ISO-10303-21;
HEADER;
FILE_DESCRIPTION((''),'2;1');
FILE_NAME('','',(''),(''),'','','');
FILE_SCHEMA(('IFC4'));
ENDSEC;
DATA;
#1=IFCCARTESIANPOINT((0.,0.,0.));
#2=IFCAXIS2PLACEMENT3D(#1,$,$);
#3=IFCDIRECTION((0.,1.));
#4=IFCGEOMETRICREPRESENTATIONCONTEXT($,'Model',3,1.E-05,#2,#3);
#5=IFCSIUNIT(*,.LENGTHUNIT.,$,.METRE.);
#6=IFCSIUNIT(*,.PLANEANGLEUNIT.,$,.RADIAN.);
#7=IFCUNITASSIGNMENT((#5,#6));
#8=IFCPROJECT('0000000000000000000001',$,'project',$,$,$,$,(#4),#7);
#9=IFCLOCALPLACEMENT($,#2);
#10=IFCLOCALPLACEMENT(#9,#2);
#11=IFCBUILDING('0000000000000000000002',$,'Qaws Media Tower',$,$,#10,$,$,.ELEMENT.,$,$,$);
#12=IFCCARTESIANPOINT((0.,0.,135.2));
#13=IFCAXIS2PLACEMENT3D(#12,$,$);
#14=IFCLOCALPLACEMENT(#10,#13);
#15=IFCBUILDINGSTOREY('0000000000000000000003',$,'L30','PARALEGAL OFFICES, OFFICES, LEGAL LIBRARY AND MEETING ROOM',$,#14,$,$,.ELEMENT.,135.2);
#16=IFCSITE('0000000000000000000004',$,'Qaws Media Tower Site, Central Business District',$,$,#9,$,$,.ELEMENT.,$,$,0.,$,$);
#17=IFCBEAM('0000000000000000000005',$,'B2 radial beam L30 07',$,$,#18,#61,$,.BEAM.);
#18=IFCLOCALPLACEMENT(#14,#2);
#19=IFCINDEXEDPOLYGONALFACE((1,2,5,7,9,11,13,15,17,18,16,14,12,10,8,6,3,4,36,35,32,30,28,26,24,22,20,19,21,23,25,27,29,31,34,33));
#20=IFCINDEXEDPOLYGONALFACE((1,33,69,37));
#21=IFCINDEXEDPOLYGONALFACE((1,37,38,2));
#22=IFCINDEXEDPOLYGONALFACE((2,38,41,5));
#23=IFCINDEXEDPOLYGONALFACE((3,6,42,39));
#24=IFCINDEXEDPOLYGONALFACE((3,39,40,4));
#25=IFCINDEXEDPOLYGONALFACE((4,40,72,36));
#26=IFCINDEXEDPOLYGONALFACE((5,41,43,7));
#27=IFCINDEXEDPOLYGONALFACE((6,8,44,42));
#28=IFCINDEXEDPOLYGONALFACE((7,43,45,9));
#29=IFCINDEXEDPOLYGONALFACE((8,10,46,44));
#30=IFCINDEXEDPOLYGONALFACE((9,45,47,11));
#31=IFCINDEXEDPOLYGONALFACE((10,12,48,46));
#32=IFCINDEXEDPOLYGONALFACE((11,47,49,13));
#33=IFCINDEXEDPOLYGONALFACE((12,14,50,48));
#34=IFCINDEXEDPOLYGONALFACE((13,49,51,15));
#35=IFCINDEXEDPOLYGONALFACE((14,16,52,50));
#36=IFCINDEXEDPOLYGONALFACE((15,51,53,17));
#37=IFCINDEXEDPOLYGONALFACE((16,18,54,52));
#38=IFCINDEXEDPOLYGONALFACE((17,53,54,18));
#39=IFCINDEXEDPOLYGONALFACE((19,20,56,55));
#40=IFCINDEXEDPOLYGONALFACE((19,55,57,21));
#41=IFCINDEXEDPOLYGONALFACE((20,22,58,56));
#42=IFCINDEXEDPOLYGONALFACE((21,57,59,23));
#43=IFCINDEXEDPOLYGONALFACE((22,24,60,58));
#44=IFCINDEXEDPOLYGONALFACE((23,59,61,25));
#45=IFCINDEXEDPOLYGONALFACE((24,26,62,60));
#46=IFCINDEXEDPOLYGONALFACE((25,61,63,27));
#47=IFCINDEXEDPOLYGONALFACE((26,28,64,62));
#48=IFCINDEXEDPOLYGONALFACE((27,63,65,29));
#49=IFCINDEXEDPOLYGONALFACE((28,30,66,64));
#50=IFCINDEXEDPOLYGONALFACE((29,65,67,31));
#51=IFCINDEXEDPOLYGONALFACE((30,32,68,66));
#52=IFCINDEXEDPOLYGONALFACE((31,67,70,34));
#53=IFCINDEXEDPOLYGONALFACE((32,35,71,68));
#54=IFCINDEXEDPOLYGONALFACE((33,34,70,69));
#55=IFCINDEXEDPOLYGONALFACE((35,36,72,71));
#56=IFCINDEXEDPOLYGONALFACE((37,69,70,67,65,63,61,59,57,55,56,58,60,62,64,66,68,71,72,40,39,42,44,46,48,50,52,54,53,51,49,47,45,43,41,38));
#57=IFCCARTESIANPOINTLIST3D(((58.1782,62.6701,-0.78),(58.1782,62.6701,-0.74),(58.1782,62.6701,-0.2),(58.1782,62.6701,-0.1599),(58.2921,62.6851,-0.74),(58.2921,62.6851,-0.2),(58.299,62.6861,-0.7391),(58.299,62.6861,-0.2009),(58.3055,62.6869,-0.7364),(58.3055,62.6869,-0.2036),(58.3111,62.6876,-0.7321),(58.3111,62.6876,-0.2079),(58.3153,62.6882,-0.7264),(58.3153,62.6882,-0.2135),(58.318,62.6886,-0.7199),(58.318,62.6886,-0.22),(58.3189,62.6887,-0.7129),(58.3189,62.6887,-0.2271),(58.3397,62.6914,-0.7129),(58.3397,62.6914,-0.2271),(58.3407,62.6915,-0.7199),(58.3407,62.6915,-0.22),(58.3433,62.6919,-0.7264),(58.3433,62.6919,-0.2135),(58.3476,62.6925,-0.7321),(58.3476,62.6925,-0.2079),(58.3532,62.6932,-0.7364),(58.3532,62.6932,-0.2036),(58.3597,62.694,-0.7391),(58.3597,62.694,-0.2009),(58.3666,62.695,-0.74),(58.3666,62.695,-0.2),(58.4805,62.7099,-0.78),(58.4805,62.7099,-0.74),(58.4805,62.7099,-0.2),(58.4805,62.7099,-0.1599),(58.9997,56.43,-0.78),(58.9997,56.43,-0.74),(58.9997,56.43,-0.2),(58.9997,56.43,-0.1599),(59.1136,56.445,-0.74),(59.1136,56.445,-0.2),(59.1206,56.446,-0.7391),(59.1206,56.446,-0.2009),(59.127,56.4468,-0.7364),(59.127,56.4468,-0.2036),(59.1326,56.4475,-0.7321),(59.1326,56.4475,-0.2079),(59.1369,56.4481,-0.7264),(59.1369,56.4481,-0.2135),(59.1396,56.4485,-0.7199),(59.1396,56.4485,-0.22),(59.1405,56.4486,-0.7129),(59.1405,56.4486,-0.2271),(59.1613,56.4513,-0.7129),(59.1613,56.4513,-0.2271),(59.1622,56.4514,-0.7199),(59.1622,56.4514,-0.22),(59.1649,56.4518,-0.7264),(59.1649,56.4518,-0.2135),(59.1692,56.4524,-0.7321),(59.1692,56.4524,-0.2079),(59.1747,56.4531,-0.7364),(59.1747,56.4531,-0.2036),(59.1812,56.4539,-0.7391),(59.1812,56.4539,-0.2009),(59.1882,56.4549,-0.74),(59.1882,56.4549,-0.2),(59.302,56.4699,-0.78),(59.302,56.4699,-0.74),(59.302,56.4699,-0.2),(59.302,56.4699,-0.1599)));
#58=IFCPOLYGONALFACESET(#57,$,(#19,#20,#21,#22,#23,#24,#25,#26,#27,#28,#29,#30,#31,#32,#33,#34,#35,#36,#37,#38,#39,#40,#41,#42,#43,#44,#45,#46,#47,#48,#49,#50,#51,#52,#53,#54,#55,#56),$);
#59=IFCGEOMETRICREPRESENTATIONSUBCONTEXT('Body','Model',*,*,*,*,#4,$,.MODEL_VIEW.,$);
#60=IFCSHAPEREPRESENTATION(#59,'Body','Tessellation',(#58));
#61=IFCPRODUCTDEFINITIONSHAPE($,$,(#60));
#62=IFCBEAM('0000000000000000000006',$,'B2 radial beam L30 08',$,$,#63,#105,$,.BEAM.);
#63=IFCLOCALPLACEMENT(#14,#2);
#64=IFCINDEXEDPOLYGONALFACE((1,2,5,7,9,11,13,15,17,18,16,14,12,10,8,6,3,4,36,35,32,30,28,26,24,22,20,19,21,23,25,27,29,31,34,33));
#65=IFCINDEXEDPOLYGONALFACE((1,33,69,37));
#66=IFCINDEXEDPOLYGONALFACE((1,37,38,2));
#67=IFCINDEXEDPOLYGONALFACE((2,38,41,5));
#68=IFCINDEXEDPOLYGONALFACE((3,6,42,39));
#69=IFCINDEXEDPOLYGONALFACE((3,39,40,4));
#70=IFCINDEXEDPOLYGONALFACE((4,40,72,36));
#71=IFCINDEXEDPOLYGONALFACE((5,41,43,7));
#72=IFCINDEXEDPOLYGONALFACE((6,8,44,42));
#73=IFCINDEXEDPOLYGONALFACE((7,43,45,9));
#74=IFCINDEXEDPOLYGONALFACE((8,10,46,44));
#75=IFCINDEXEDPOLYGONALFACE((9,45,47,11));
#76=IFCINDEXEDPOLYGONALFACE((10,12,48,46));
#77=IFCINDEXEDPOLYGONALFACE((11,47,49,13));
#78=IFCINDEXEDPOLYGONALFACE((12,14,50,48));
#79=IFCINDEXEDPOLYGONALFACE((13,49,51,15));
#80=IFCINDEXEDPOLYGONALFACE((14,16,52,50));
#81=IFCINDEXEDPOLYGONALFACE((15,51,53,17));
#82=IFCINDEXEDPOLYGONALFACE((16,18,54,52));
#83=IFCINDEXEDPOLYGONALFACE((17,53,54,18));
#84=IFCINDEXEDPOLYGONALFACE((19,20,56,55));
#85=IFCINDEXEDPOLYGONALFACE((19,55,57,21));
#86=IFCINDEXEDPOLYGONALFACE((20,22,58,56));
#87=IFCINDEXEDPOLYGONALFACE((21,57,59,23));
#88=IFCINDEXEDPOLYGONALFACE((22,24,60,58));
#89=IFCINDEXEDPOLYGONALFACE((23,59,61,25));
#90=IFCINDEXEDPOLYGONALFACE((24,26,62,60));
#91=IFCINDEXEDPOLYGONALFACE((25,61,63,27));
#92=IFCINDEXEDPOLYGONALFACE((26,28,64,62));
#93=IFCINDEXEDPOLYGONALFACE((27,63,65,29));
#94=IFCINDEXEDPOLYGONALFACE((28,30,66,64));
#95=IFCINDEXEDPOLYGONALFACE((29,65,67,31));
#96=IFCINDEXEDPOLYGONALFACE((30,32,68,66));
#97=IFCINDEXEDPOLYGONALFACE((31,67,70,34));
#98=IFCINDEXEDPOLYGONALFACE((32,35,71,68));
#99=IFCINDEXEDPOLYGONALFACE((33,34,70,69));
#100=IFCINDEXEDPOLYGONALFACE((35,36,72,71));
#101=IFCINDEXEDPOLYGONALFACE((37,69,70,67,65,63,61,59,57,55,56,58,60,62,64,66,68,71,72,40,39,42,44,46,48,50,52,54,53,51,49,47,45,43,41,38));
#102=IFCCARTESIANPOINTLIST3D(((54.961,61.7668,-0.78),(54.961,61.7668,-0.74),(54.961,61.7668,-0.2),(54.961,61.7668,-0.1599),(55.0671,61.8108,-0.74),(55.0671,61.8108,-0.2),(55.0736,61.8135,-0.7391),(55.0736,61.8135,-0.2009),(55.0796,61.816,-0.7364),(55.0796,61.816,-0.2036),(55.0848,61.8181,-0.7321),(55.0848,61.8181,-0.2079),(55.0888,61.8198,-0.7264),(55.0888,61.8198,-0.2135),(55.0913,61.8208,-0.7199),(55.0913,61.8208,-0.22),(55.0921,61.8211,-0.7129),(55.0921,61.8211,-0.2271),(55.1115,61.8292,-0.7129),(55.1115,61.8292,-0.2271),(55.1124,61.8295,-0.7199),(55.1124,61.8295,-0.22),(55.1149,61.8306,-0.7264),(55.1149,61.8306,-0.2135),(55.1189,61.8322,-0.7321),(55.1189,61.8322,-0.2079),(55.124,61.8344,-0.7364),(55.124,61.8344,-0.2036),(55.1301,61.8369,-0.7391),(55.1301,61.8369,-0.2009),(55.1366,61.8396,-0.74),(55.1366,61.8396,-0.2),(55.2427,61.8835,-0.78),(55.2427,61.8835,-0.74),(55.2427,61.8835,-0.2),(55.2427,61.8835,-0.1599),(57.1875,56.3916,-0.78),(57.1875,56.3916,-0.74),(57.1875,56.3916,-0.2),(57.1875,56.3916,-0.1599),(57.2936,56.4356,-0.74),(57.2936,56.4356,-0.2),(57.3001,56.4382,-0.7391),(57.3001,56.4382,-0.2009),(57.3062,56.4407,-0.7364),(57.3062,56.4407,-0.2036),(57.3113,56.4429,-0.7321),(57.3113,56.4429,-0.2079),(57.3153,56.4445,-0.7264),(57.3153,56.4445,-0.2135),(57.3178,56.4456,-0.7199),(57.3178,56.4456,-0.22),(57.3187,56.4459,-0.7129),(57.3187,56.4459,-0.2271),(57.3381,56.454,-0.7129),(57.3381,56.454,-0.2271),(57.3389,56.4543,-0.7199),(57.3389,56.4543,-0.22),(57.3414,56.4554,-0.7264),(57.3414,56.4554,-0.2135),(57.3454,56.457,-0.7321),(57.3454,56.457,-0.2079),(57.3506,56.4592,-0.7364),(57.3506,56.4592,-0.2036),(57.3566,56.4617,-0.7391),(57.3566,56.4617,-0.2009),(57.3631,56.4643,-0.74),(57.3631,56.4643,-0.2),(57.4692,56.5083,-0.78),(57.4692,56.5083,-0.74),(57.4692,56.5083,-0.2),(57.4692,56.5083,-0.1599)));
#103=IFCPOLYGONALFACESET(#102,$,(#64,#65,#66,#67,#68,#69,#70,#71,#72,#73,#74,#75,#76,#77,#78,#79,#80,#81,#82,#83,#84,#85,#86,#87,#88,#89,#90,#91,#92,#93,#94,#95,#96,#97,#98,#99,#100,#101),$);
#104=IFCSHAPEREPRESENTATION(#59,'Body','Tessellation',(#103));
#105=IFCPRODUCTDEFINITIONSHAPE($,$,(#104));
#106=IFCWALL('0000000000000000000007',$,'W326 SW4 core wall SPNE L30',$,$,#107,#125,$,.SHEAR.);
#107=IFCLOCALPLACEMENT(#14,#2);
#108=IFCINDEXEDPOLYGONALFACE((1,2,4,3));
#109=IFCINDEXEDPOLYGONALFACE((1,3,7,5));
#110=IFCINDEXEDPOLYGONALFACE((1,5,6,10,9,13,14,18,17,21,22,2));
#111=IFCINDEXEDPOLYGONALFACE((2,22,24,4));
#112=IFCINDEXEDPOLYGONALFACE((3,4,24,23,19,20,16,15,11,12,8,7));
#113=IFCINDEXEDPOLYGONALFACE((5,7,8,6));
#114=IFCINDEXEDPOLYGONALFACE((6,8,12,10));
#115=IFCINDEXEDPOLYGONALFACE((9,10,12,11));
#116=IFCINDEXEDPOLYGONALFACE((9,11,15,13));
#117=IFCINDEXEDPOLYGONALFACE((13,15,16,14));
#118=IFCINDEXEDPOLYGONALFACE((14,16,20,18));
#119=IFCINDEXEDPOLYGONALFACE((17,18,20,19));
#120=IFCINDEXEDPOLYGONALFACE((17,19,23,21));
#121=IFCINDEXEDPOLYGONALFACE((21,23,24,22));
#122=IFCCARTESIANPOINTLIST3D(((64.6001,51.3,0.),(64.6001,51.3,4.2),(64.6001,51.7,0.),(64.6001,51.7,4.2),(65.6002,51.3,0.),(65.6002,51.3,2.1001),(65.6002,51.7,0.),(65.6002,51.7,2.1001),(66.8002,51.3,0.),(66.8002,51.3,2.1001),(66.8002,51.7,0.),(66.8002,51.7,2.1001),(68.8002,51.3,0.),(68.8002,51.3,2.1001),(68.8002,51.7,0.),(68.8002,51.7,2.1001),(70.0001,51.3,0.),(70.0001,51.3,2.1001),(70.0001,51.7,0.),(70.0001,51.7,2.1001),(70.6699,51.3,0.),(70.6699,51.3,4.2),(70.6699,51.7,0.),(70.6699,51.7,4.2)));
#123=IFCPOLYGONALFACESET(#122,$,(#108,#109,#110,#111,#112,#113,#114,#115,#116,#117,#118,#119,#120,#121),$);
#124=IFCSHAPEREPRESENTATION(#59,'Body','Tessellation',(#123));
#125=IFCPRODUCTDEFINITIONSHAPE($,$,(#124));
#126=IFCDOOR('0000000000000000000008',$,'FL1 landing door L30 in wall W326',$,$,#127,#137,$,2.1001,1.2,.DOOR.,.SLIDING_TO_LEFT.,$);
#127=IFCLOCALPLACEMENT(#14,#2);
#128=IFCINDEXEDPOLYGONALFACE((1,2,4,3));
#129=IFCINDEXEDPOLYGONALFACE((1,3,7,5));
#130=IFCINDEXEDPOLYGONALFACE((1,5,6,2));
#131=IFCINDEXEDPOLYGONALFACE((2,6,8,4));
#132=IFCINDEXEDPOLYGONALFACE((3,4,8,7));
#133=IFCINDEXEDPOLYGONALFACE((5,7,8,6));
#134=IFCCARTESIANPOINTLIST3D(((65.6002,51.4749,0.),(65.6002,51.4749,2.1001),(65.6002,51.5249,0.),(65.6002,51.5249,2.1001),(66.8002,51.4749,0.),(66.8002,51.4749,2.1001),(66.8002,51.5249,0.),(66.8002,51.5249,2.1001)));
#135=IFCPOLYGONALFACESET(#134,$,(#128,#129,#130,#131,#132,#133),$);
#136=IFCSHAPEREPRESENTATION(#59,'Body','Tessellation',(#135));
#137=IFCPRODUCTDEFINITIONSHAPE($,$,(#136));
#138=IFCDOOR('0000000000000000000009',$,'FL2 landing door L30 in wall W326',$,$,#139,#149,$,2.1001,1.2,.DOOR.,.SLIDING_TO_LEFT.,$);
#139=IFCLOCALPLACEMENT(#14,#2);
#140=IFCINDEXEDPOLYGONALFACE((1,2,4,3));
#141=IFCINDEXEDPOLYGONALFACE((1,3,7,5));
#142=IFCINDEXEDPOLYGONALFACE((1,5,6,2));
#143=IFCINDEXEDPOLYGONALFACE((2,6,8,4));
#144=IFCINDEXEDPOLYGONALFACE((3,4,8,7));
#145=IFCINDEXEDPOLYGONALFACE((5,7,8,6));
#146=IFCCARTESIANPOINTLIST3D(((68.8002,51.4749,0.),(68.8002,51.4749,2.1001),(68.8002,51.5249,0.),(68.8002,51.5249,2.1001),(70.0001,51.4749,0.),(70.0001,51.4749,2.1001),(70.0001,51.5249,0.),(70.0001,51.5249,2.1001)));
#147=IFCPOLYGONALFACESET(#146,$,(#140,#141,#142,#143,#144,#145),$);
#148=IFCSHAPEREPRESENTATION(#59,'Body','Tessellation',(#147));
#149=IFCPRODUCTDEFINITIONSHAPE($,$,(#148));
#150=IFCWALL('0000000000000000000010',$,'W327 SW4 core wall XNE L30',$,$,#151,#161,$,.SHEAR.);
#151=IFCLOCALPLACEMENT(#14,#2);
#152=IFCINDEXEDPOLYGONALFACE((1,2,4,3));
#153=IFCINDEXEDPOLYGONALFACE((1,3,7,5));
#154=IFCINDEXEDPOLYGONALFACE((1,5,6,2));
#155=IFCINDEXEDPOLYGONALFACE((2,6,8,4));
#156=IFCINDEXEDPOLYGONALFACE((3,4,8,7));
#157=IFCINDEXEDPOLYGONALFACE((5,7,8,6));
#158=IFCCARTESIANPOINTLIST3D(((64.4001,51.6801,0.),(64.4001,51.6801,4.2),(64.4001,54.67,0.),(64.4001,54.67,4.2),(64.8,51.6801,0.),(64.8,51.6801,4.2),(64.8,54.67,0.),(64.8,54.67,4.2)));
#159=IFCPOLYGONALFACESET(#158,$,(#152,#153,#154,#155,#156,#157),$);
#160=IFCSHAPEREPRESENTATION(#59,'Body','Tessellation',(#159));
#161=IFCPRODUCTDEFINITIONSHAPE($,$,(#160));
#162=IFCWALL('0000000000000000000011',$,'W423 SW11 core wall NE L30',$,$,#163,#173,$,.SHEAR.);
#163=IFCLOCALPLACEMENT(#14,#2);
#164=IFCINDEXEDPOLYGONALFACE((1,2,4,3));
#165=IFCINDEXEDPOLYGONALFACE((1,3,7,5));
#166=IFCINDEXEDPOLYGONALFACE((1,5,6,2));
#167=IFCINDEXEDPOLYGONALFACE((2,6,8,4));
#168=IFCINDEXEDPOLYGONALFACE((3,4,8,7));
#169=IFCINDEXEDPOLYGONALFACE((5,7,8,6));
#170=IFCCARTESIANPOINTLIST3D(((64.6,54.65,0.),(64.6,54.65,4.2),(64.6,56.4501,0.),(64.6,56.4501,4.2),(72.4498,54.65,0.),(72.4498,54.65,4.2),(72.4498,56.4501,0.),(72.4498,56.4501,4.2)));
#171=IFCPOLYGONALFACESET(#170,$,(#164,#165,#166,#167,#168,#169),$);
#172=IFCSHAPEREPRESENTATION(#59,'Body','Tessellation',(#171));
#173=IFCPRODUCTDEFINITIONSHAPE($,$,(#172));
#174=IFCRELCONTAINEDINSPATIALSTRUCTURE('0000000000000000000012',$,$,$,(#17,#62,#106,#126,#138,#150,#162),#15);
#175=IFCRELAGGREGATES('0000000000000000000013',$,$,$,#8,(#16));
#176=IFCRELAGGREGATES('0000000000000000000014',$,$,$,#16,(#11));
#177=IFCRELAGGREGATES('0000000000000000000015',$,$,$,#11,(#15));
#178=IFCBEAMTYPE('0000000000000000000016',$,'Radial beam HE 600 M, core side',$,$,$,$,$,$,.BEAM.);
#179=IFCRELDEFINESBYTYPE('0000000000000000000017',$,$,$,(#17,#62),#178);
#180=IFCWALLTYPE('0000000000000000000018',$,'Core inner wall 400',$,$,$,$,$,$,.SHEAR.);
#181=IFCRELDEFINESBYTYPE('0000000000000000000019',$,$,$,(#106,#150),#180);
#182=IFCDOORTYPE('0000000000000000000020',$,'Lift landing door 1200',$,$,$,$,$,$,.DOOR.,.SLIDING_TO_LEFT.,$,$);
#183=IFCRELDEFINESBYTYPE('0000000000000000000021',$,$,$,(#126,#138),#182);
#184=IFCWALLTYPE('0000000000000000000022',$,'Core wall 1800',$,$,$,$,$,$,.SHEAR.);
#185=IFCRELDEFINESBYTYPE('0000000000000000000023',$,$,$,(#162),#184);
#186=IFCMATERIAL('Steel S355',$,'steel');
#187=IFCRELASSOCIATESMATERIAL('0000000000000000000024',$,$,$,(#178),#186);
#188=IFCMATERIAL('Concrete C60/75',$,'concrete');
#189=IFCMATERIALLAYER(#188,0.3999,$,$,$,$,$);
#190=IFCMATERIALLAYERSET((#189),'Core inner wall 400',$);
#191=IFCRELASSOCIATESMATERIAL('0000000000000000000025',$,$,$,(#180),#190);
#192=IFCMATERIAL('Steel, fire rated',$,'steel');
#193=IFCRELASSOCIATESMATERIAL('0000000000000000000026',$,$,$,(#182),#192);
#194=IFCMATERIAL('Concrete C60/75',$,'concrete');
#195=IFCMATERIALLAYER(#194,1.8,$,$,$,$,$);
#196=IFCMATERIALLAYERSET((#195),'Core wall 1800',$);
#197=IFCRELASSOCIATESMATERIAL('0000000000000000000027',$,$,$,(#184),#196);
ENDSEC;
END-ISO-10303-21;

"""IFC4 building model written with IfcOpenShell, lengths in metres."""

from ifc_helpers import new_model, si_unit, direction, frame, frame_2d, origin, origin_2d, place, context, subcontext, project, spatial, rectangle, i_section, extrude, material, layer, layer_set, material_profile, profile_set, type_object, element, fill, save


model = new_model("IFC4")

# Units and contexts
model_context = context("Model", 3, precision=1e-05, world=origin(), true_north=direction((0.0, 1.0)))
body_context = subcontext(model_context, "Body", "Model", "MODEL_VIEW")
ifc_project = project(units=[si_unit("LENGTHUNIT", "METRE"), si_unit("PLANEANGLEUNIT", "RADIAN")], contexts=[model_context])

# Site, building, storey
site_placement = place(None, origin())
site = spatial("IfcSite", under=ifc_project, at=site_placement, Name="Qaws Media Tower Site, Central Business District", CompositionType="ELEMENT", RefElevation=0.0)
building_placement = place(site_placement, origin())
building = spatial("IfcBuilding", under=site, at=building_placement, Name="Qaws Media Tower", CompositionType="ELEMENT")
storey_placement = place(building_placement, frame((0.0, 0.0, 135.2)))
storey = spatial("IfcBuildingStorey", under=building, at=storey_placement, Name="L30", Description="PARALEGAL OFFICES, OFFICES, LEGAL LIBRARY AND MEETING ROOM", CompositionType="ELEMENT", Elevation=135.2)

# Beams
ifc_material_1 = material(Name="Steel S355", Category="steel")
ifc_material_profile = material_profile(ifc_material_1, i_section(OverallWidth=0.3049, OverallDepth=0.6201, WebThickness=0.021, FlangeThickness=0.04, FilletRadius=0.0271, at=origin_2d()), Name="HE 600 M")
ifc_profile_set = profile_set([ifc_material_profile], Name="Steel S355")
beam_type = type_object("IfcBeamType", Name="Radial beam HE 600 M, core side", PredefinedType="BEAM", material=ifc_profile_set)
for number, where, z_axis, x_axis, name in (
    (1, (59.1509, 56.45, -0.47), (-0.13053, 0.991444, 0.0), (-0.991444, -0.13053, 0.0), "B2 radial beam L30 07"),
):
    element("IfcBeam", number, at=place(storey_placement, frame(where, z_axis=z_axis, x_axis=x_axis)), inside=storey, type_object=beam_type, Name=name, PredefinedType="BEAM", context=body_context, shape_type="SweptSolid", body=[
        extrude(i_section(OverallWidth=0.3049, OverallDepth=0.6201, WebThickness=0.021, FlangeThickness=0.04, FilletRadius=0.0271, at=origin_2d()), origin(), (0.0, 0.0, 1.0), 6.2939),
    ])
beam_1_placement = place(storey_placement, frame((57.3284, 56.45, -0.47), z_axis=(-0.382693, 0.923876, 0.0), x_axis=(-0.923876, -0.382693, 0.0)))
element("IfcBeam", 2, at=beam_1_placement, inside=storey, type_object=beam_type, Name="B2 radial beam L30 08", PredefinedType="BEAM", context=body_context, shape_type="SweptSolid", body=[
    extrude(i_section(OverallWidth=0.3049, OverallDepth=0.6201, WebThickness=0.021, FlangeThickness=0.04, FilletRadius=0.0271, at=origin_2d()), origin(), (0.0, 0.0, 1.0), 5.8181),
])

# Wall, openings, doors
ifc_material_2 = material(Name="Concrete C60/75", Category="concrete")
ifc_layer_1 = layer(ifc_material_2, 0.3999)
ifc_layer_set_1 = layer_set([ifc_layer_1], Name="Core inner wall 400")
wall_type_1 = type_object("IfcWallType", Name="Core inner wall 400", PredefinedType="SHEAR", material=ifc_layer_set_1)
wall_1_placement = place(storey_placement, frame((64.6001, 51.5, 0.0), z_axis=(0.0, 0.0, 1.0), x_axis=(1.0, 0.0, 0.0)))
wall_1 = element("IfcWall", 3, at=wall_1_placement, inside=storey, type_object=wall_type_1, Name="W326 SW4 core wall SPNE L30", PredefinedType="SHEAR", context=body_context, shape_type="SweptSolid", body=[
    extrude(rectangle(XDim=6.0698, YDim=0.3999, at=frame_2d((3.0349, 0.0))), origin(), (0.0, 0.0, 1.0), 4.2),
])
opening_1_placement = place(wall_1_placement, frame((1.0, 0.0, 0.0)))
opening_1 = element("IfcOpeningElement", 4, at=opening_1_placement, cuts=wall_1, PredefinedType="OPENING", context=body_context, shape_type="SweptSolid", body=[
    extrude(rectangle(XDim=1.2, YDim=2.1001, at=frame_2d((0.6001, 1.05))), frame((0.0, 0.21, 0.0), z_axis=(0.0, -1.0, 0.0), x_axis=(1.0, 0.0, 0.0)), (0.0, 0.0, 1.0), 0.4199),
])
opening_2_placement = place(wall_1_placement, frame((4.2, 0.0, 0.0)))
opening_2 = element("IfcOpeningElement", 5, at=opening_2_placement, cuts=wall_1, PredefinedType="OPENING", context=body_context, shape_type="SweptSolid", body=[
    extrude(rectangle(XDim=1.2, YDim=2.1001, at=frame_2d((0.6001, 1.05))), frame((0.0, 0.21, 0.0), z_axis=(0.0, -1.0, 0.0), x_axis=(1.0, 0.0, 0.0)), (0.0, 0.0, 1.0), 0.4199),
])
ifc_material_3 = material(Name="Steel, fire rated", Category="steel")
door_type = type_object("IfcDoorType", Name="Lift landing door 1200", OperationType="SLIDING_TO_LEFT", PredefinedType="DOOR", material=ifc_material_3)
door_1_placement = place(opening_1_placement, origin())
door_1 = element("IfcDoor", 6, at=door_1_placement, inside=storey, type_object=door_type, Name="FL1 landing door L30 in wall W326", OperationType="SLIDING_TO_LEFT", OverallHeight=2.1001, OverallWidth=1.2, PredefinedType="DOOR", context=body_context, shape_type="SweptSolid", body=[
    extrude(rectangle(XDim=1.2, YDim=2.1001, at=frame_2d((0.6001, 1.05))), frame((0.0, 0.0249, 0.0), z_axis=(0.0, -1.0, 0.0), x_axis=(1.0, 0.0, 0.0)), (0.0, 0.0, 1.0), 0.05),
])
fill(opening_1, door_1)
door_2_placement = place(opening_2_placement, origin())
door_2 = element("IfcDoor", 7, at=door_2_placement, inside=storey, type_object=door_type, Name="FL2 landing door L30 in wall W326", OperationType="SLIDING_TO_LEFT", OverallHeight=2.1001, OverallWidth=1.2, PredefinedType="DOOR", context=body_context, shape_type="SweptSolid", body=[
    extrude(rectangle(XDim=1.2, YDim=2.1001, at=frame_2d((0.6001, 1.05))), frame((0.0, 0.0249, 0.0), z_axis=(0.0, -1.0, 0.0), x_axis=(1.0, 0.0, 0.0)), (0.0, 0.0, 1.0), 0.05),
])
fill(opening_2, door_2)

# Walls
wall_2_placement = place(storey_placement, frame((64.6001, 51.6799, 0.0), z_axis=(0.0, 0.0, 1.0), x_axis=(0.0, 1.0, 0.0)))
element("IfcWall", 8, at=wall_2_placement, inside=storey, type_object=wall_type_1, Name="W327 SW4 core wall XNE L30", PredefinedType="SHEAR", context=body_context, shape_type="SweptSolid", body=[
    extrude(rectangle(XDim=2.99, YDim=0.3999, at=frame_2d((1.4951, 0.0))), origin(), (0.0, 0.0, 1.0), 4.2),
])
ifc_material_4 = material(Name="Concrete C60/75", Category="concrete")
ifc_layer_2 = layer(ifc_material_4, 1.8)
ifc_layer_set_2 = layer_set([ifc_layer_2], Name="Core wall 1800")
wall_type_2 = type_object("IfcWallType", Name="Core wall 1800", PredefinedType="SHEAR", material=ifc_layer_set_2)
wall_3_placement = place(storey_placement, frame((64.6001, 55.55, 0.0), z_axis=(0.0, 0.0, 1.0), x_axis=(1.0, 0.0, 0.0)))
element("IfcWall", 9, at=wall_3_placement, inside=storey, type_object=wall_type_2, Name="W423 SW11 core wall NE L30", PredefinedType="SHEAR", context=body_context, shape_type="SweptSolid", body=[
    extrude(rectangle(XDim=7.8499, YDim=1.8, at=frame_2d((3.9248, 0.0))), origin(), (0.0, 0.0, 1.0), 4.2),
])

save(model, "model.ifc")
